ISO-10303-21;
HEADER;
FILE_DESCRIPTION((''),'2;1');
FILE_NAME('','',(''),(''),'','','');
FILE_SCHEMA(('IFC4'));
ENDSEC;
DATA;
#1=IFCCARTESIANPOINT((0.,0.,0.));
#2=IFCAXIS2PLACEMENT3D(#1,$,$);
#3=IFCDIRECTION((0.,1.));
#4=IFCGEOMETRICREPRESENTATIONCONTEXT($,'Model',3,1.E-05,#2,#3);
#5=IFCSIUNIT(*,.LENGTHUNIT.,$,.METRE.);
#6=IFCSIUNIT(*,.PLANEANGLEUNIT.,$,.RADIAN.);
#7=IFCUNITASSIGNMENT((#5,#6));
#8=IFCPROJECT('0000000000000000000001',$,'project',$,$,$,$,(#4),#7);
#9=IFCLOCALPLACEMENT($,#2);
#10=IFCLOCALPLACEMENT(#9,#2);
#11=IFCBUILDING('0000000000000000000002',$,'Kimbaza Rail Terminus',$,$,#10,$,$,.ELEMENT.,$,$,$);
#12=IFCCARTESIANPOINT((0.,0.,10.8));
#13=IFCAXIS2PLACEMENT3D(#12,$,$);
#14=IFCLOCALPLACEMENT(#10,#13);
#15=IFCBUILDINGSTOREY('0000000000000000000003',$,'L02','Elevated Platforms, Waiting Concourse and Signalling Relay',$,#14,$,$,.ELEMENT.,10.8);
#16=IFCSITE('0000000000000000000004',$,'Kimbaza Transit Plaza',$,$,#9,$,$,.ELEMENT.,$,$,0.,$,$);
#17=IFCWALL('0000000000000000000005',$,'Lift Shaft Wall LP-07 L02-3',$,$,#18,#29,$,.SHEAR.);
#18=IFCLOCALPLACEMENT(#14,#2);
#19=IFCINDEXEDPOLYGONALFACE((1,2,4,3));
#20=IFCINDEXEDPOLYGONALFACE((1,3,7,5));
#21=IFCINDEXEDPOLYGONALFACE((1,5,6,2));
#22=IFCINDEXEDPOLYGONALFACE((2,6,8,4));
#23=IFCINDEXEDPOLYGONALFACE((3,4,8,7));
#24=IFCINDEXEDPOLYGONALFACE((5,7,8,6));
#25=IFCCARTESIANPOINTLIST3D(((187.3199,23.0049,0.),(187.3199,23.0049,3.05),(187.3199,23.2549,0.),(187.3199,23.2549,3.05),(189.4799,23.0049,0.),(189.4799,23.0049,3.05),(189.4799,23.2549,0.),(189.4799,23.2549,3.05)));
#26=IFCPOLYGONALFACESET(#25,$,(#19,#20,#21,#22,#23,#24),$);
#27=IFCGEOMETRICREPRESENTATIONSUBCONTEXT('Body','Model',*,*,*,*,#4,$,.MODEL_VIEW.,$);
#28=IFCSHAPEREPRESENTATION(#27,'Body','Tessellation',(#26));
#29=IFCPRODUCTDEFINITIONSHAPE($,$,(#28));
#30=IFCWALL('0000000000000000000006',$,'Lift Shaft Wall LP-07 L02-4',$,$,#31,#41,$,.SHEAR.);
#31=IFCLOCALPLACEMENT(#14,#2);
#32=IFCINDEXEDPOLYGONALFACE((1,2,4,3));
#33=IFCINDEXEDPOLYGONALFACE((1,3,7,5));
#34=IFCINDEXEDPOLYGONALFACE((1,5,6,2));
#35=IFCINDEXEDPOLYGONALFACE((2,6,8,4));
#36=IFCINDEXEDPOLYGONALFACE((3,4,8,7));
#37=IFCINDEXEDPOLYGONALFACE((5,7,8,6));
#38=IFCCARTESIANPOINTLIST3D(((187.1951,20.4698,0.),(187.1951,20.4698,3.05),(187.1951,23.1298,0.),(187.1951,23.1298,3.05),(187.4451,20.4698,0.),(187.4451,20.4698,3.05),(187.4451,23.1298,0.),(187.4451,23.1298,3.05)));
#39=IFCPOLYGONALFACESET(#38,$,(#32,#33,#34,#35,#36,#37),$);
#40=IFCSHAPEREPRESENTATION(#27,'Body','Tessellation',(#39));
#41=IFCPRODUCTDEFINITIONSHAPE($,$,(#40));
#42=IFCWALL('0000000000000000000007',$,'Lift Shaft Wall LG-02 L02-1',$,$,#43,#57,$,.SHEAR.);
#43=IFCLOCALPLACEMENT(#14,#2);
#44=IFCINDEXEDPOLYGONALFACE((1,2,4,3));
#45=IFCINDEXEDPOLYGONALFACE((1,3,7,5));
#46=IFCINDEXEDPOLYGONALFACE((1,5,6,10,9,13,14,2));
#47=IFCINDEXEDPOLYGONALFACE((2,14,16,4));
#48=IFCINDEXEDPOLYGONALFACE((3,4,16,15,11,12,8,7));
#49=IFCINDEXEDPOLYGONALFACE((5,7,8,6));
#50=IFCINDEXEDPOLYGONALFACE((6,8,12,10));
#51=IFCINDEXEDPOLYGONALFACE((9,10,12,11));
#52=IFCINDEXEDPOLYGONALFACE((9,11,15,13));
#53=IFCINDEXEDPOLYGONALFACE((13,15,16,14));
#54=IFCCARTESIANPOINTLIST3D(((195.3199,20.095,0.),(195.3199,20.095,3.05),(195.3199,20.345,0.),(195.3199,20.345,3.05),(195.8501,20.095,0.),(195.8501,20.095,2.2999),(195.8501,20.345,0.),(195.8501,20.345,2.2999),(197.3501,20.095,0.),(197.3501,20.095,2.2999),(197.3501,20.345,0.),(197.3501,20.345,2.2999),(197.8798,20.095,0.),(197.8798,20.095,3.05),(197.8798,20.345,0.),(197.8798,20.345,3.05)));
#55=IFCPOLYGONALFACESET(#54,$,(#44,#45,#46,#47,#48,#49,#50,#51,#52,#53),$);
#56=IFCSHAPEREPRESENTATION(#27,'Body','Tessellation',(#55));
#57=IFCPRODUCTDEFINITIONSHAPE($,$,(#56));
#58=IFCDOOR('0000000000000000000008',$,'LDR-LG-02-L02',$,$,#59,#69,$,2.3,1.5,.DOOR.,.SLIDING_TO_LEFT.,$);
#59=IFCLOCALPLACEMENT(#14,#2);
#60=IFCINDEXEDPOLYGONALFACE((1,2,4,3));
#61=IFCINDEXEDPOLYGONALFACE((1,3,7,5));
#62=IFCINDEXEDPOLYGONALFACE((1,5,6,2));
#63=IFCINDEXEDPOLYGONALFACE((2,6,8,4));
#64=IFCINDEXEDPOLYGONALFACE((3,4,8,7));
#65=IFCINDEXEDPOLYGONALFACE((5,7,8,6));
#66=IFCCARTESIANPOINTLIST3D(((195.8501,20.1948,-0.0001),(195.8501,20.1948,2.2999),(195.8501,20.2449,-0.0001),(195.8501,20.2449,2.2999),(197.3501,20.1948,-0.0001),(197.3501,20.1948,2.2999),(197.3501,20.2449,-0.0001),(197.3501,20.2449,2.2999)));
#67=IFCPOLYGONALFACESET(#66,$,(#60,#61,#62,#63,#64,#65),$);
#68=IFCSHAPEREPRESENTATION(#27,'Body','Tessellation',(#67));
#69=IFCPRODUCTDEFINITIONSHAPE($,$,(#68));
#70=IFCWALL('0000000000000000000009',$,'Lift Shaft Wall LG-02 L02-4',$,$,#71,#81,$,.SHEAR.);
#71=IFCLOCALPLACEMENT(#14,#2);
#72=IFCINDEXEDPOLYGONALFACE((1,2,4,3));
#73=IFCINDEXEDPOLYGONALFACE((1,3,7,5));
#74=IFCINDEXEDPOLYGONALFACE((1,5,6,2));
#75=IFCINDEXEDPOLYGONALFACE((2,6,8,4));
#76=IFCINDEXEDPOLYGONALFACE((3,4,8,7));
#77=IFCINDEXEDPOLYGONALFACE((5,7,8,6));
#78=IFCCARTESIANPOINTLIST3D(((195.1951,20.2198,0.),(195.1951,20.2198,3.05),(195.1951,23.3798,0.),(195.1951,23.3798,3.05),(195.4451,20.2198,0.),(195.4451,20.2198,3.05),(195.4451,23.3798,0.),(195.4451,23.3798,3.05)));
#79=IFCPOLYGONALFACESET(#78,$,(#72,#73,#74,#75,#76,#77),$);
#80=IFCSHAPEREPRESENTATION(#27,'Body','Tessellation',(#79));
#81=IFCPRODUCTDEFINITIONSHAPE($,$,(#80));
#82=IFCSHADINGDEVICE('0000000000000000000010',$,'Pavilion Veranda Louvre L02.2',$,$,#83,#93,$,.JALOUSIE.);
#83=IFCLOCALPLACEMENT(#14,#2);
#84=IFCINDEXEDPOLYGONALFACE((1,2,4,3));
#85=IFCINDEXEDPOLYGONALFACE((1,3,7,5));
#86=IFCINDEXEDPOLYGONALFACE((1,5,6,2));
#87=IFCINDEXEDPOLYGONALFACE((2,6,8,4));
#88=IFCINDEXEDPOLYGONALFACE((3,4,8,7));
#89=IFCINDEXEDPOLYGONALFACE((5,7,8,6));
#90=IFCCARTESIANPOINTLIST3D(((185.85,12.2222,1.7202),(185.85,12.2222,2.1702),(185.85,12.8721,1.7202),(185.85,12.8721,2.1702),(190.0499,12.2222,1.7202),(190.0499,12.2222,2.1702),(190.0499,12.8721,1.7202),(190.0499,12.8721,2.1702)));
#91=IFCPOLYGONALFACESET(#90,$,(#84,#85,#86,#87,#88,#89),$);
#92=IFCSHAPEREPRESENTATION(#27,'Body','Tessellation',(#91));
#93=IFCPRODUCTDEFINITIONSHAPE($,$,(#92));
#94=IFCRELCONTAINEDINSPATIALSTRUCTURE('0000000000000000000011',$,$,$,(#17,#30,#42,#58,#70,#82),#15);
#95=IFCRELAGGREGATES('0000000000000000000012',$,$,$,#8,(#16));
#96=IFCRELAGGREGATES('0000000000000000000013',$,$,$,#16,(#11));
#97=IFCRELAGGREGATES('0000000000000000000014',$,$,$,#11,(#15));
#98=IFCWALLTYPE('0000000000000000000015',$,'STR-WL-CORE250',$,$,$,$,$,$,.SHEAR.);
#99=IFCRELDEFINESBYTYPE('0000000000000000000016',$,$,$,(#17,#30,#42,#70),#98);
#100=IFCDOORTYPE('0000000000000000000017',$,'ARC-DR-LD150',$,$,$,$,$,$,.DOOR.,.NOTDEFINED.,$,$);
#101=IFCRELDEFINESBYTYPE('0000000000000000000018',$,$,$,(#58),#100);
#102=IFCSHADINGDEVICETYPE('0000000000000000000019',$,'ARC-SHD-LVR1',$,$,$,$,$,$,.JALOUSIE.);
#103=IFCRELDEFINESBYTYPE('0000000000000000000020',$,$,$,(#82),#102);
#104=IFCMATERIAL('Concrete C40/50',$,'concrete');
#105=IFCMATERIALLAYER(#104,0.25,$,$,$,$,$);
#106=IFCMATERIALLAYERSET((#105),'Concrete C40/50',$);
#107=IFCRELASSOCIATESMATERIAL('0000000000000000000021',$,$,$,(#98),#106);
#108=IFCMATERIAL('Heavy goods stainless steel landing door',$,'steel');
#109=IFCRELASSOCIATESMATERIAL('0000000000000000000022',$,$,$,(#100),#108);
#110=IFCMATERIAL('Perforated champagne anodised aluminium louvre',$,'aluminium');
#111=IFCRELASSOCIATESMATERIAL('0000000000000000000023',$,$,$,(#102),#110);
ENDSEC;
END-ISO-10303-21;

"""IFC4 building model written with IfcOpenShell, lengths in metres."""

from ifc_helpers import new_model, si_unit, direction, frame, frame_2d, origin, origin_2d, place, context, subcontext, project, spatial, rectangle, extrude, material, layer, layer_set, type_object, element, fill, save


model = new_model("IFC4")

# Units and contexts
model_context = context("Model", 3, precision=1e-05, world=origin(), true_north=direction((0.0, 1.0)))
body_context = subcontext(model_context, "Body", "Model", "MODEL_VIEW")
ifc_project = project(units=[si_unit("LENGTHUNIT", "METRE"), si_unit("PLANEANGLEUNIT", "RADIAN")], contexts=[model_context])

# Site, building, storey
site_placement = place(None, origin())
site = spatial("IfcSite", under=ifc_project, at=site_placement, Name="Kimbaza Transit Plaza", CompositionType="ELEMENT", RefElevation=0.0)
building_placement = place(site_placement, origin())
building = spatial("IfcBuilding", under=site, at=building_placement, Name="Kimbaza Rail Terminus", CompositionType="ELEMENT")
storey_placement = place(building_placement, frame((0.0, 0.0, 10.8)))
storey = spatial("IfcBuildingStorey", under=building, at=storey_placement, Name="L02", Description="Elevated Platforms, Waiting Concourse and Signalling Relay", CompositionType="ELEMENT", Elevation=10.8)

# Shared definitions
ifc_material_1 = material(Name="Concrete C40/50", Category="concrete")
ifc_layer_1 = layer(ifc_material_1, 0.25)
ifc_layer_set_1 = layer_set([ifc_layer_1], Name="Concrete C40/50")
wall_type_1 = type_object("IfcWallType", Name="STR-WL-CORE250", PredefinedType="SHEAR", material=ifc_layer_set_1)

# Walls
wall_1_placement = place(storey_placement, frame((189.48, 23.1299, 0.0), z_axis=(0.0, 0.0, 1.0), x_axis=(-1.0, 0.0, 0.0)))
element("IfcWall", 1, at=wall_1_placement, inside=storey, type_object=wall_type_1, Name="Lift Shaft Wall LP-07 L02-3", PredefinedType="SHEAR", context=body_context, shape_type="SweptSolid", body=[
    extrude(rectangle(XDim=2.1599, YDim=0.25, at=frame_2d((1.0801, 0.0))), origin(), (0.0, 0.0, 1.0), 3.05),
])
wall_2_placement = place(storey_placement, frame((187.3201, 23.1299, 0.0), z_axis=(0.0, 0.0, 1.0), x_axis=(0.0, -1.0, 0.0)))
element("IfcWall", 2, at=wall_2_placement, inside=storey, type_object=wall_type_1, Name="Lift Shaft Wall LP-07 L02-4", PredefinedType="SHEAR", context=body_context, shape_type="SweptSolid", body=[
    extrude(rectangle(XDim=2.6599, YDim=0.25, at=frame_2d((1.3301, 0.0))), origin(), (0.0, 0.0, 1.0), 3.05),
])

# Wall, opening, door
wall_3_placement = place(storey_placement, frame((195.3201, 20.22, 0.0), z_axis=(0.0, 0.0, 1.0), x_axis=(1.0, 0.0, 0.0)))
wall_3 = element("IfcWall", 3, at=wall_3_placement, inside=storey, type_object=wall_type_1, Name="Lift Shaft Wall LG-02 L02-1", PredefinedType="SHEAR", context=body_context, shape_type="SweptSolid", body=[
    extrude(rectangle(XDim=2.5598, YDim=0.25, at=frame_2d((1.2798, 0.0))), origin(), (0.0, 0.0, 1.0), 3.05),
])
opening_1_placement = place(wall_3_placement, frame((0.53, 0.0, 0.0)))
opening_1 = element("IfcOpeningElement", 4, at=opening_1_placement, cuts=wall_3, PredefinedType="OPENING", context=body_context, shape_type="SweptSolid", body=[
    extrude(rectangle(XDim=1.5, YDim=2.3, at=frame_2d((0.75, 1.1499))), frame((0.0, 0.135, 0.0), z_axis=(0.0, -1.0, 0.0), x_axis=(1.0, 0.0, 0.0)), (0.0, 0.0, 1.0), 0.27),
])
ifc_material_2 = material(Name="Heavy goods stainless steel landing door", Category="steel")
door_type_1 = type_object("IfcDoorType", Name="ARC-DR-LD150", OperationType="NOTDEFINED", PredefinedType="DOOR", material=ifc_material_2)
door_1_placement = place(opening_1_placement, origin())
door_1 = element("IfcDoor", 5, at=door_1_placement, inside=storey, type_object=door_type_1, Name="LDR-LG-02-L02", OperationType="SLIDING_TO_LEFT", OverallHeight=2.3, OverallWidth=1.5, PredefinedType="DOOR", context=body_context, shape_type="SweptSolid", body=[
    extrude(rectangle(XDim=1.5, YDim=2.3, at=frame_2d((0.75, 1.1499))), frame((0.0, 0.0249, 0.0), z_axis=(0.0, -1.0, 0.0), x_axis=(1.0, 0.0, 0.0)), (0.0, 0.0, 1.0), 0.05),
])
fill(opening_1, door_1)

# Wall
wall_4_placement = place(storey_placement, frame((195.3201, 23.3799, 0.0), z_axis=(0.0, 0.0, 1.0), x_axis=(0.0, -1.0, 0.0)))
element("IfcWall", 6, at=wall_4_placement, inside=storey, type_object=wall_type_1, Name="Lift Shaft Wall LG-02 L02-4", PredefinedType="SHEAR", context=body_context, shape_type="SweptSolid", body=[
    extrude(rectangle(XDim=3.1599, YDim=0.25, at=frame_2d((1.5801, 0.0))), origin(), (0.0, 0.0, 1.0), 3.05),
])

# Shading device
ifc_material_3 = material(Name="Perforated champagne anodised aluminium louvre", Category="aluminium")
shading_device_type = type_object("IfcShadingDeviceType", Name="ARC-SHD-LVR1", PredefinedType="JALOUSIE", material=ifc_material_3)
shading_device_placement = place(storey_placement, frame((187.95, 12.5471, 1.7202), z_axis=(0.0, 0.0, 1.0), x_axis=(1.0, 0.0, 0.0)))
element("IfcShadingDevice", 7, at=shading_device_placement, inside=storey, type_object=shading_device_type, Name="Pavilion Veranda Louvre L02.2", PredefinedType="JALOUSIE", context=body_context, shape_type="SweptSolid", body=[
    extrude(rectangle(XDim=4.2, YDim=0.6499, at=origin_2d()), origin(), (0.0, 0.0, 1.0), 0.45),
])

save(model, "model.ifc")
